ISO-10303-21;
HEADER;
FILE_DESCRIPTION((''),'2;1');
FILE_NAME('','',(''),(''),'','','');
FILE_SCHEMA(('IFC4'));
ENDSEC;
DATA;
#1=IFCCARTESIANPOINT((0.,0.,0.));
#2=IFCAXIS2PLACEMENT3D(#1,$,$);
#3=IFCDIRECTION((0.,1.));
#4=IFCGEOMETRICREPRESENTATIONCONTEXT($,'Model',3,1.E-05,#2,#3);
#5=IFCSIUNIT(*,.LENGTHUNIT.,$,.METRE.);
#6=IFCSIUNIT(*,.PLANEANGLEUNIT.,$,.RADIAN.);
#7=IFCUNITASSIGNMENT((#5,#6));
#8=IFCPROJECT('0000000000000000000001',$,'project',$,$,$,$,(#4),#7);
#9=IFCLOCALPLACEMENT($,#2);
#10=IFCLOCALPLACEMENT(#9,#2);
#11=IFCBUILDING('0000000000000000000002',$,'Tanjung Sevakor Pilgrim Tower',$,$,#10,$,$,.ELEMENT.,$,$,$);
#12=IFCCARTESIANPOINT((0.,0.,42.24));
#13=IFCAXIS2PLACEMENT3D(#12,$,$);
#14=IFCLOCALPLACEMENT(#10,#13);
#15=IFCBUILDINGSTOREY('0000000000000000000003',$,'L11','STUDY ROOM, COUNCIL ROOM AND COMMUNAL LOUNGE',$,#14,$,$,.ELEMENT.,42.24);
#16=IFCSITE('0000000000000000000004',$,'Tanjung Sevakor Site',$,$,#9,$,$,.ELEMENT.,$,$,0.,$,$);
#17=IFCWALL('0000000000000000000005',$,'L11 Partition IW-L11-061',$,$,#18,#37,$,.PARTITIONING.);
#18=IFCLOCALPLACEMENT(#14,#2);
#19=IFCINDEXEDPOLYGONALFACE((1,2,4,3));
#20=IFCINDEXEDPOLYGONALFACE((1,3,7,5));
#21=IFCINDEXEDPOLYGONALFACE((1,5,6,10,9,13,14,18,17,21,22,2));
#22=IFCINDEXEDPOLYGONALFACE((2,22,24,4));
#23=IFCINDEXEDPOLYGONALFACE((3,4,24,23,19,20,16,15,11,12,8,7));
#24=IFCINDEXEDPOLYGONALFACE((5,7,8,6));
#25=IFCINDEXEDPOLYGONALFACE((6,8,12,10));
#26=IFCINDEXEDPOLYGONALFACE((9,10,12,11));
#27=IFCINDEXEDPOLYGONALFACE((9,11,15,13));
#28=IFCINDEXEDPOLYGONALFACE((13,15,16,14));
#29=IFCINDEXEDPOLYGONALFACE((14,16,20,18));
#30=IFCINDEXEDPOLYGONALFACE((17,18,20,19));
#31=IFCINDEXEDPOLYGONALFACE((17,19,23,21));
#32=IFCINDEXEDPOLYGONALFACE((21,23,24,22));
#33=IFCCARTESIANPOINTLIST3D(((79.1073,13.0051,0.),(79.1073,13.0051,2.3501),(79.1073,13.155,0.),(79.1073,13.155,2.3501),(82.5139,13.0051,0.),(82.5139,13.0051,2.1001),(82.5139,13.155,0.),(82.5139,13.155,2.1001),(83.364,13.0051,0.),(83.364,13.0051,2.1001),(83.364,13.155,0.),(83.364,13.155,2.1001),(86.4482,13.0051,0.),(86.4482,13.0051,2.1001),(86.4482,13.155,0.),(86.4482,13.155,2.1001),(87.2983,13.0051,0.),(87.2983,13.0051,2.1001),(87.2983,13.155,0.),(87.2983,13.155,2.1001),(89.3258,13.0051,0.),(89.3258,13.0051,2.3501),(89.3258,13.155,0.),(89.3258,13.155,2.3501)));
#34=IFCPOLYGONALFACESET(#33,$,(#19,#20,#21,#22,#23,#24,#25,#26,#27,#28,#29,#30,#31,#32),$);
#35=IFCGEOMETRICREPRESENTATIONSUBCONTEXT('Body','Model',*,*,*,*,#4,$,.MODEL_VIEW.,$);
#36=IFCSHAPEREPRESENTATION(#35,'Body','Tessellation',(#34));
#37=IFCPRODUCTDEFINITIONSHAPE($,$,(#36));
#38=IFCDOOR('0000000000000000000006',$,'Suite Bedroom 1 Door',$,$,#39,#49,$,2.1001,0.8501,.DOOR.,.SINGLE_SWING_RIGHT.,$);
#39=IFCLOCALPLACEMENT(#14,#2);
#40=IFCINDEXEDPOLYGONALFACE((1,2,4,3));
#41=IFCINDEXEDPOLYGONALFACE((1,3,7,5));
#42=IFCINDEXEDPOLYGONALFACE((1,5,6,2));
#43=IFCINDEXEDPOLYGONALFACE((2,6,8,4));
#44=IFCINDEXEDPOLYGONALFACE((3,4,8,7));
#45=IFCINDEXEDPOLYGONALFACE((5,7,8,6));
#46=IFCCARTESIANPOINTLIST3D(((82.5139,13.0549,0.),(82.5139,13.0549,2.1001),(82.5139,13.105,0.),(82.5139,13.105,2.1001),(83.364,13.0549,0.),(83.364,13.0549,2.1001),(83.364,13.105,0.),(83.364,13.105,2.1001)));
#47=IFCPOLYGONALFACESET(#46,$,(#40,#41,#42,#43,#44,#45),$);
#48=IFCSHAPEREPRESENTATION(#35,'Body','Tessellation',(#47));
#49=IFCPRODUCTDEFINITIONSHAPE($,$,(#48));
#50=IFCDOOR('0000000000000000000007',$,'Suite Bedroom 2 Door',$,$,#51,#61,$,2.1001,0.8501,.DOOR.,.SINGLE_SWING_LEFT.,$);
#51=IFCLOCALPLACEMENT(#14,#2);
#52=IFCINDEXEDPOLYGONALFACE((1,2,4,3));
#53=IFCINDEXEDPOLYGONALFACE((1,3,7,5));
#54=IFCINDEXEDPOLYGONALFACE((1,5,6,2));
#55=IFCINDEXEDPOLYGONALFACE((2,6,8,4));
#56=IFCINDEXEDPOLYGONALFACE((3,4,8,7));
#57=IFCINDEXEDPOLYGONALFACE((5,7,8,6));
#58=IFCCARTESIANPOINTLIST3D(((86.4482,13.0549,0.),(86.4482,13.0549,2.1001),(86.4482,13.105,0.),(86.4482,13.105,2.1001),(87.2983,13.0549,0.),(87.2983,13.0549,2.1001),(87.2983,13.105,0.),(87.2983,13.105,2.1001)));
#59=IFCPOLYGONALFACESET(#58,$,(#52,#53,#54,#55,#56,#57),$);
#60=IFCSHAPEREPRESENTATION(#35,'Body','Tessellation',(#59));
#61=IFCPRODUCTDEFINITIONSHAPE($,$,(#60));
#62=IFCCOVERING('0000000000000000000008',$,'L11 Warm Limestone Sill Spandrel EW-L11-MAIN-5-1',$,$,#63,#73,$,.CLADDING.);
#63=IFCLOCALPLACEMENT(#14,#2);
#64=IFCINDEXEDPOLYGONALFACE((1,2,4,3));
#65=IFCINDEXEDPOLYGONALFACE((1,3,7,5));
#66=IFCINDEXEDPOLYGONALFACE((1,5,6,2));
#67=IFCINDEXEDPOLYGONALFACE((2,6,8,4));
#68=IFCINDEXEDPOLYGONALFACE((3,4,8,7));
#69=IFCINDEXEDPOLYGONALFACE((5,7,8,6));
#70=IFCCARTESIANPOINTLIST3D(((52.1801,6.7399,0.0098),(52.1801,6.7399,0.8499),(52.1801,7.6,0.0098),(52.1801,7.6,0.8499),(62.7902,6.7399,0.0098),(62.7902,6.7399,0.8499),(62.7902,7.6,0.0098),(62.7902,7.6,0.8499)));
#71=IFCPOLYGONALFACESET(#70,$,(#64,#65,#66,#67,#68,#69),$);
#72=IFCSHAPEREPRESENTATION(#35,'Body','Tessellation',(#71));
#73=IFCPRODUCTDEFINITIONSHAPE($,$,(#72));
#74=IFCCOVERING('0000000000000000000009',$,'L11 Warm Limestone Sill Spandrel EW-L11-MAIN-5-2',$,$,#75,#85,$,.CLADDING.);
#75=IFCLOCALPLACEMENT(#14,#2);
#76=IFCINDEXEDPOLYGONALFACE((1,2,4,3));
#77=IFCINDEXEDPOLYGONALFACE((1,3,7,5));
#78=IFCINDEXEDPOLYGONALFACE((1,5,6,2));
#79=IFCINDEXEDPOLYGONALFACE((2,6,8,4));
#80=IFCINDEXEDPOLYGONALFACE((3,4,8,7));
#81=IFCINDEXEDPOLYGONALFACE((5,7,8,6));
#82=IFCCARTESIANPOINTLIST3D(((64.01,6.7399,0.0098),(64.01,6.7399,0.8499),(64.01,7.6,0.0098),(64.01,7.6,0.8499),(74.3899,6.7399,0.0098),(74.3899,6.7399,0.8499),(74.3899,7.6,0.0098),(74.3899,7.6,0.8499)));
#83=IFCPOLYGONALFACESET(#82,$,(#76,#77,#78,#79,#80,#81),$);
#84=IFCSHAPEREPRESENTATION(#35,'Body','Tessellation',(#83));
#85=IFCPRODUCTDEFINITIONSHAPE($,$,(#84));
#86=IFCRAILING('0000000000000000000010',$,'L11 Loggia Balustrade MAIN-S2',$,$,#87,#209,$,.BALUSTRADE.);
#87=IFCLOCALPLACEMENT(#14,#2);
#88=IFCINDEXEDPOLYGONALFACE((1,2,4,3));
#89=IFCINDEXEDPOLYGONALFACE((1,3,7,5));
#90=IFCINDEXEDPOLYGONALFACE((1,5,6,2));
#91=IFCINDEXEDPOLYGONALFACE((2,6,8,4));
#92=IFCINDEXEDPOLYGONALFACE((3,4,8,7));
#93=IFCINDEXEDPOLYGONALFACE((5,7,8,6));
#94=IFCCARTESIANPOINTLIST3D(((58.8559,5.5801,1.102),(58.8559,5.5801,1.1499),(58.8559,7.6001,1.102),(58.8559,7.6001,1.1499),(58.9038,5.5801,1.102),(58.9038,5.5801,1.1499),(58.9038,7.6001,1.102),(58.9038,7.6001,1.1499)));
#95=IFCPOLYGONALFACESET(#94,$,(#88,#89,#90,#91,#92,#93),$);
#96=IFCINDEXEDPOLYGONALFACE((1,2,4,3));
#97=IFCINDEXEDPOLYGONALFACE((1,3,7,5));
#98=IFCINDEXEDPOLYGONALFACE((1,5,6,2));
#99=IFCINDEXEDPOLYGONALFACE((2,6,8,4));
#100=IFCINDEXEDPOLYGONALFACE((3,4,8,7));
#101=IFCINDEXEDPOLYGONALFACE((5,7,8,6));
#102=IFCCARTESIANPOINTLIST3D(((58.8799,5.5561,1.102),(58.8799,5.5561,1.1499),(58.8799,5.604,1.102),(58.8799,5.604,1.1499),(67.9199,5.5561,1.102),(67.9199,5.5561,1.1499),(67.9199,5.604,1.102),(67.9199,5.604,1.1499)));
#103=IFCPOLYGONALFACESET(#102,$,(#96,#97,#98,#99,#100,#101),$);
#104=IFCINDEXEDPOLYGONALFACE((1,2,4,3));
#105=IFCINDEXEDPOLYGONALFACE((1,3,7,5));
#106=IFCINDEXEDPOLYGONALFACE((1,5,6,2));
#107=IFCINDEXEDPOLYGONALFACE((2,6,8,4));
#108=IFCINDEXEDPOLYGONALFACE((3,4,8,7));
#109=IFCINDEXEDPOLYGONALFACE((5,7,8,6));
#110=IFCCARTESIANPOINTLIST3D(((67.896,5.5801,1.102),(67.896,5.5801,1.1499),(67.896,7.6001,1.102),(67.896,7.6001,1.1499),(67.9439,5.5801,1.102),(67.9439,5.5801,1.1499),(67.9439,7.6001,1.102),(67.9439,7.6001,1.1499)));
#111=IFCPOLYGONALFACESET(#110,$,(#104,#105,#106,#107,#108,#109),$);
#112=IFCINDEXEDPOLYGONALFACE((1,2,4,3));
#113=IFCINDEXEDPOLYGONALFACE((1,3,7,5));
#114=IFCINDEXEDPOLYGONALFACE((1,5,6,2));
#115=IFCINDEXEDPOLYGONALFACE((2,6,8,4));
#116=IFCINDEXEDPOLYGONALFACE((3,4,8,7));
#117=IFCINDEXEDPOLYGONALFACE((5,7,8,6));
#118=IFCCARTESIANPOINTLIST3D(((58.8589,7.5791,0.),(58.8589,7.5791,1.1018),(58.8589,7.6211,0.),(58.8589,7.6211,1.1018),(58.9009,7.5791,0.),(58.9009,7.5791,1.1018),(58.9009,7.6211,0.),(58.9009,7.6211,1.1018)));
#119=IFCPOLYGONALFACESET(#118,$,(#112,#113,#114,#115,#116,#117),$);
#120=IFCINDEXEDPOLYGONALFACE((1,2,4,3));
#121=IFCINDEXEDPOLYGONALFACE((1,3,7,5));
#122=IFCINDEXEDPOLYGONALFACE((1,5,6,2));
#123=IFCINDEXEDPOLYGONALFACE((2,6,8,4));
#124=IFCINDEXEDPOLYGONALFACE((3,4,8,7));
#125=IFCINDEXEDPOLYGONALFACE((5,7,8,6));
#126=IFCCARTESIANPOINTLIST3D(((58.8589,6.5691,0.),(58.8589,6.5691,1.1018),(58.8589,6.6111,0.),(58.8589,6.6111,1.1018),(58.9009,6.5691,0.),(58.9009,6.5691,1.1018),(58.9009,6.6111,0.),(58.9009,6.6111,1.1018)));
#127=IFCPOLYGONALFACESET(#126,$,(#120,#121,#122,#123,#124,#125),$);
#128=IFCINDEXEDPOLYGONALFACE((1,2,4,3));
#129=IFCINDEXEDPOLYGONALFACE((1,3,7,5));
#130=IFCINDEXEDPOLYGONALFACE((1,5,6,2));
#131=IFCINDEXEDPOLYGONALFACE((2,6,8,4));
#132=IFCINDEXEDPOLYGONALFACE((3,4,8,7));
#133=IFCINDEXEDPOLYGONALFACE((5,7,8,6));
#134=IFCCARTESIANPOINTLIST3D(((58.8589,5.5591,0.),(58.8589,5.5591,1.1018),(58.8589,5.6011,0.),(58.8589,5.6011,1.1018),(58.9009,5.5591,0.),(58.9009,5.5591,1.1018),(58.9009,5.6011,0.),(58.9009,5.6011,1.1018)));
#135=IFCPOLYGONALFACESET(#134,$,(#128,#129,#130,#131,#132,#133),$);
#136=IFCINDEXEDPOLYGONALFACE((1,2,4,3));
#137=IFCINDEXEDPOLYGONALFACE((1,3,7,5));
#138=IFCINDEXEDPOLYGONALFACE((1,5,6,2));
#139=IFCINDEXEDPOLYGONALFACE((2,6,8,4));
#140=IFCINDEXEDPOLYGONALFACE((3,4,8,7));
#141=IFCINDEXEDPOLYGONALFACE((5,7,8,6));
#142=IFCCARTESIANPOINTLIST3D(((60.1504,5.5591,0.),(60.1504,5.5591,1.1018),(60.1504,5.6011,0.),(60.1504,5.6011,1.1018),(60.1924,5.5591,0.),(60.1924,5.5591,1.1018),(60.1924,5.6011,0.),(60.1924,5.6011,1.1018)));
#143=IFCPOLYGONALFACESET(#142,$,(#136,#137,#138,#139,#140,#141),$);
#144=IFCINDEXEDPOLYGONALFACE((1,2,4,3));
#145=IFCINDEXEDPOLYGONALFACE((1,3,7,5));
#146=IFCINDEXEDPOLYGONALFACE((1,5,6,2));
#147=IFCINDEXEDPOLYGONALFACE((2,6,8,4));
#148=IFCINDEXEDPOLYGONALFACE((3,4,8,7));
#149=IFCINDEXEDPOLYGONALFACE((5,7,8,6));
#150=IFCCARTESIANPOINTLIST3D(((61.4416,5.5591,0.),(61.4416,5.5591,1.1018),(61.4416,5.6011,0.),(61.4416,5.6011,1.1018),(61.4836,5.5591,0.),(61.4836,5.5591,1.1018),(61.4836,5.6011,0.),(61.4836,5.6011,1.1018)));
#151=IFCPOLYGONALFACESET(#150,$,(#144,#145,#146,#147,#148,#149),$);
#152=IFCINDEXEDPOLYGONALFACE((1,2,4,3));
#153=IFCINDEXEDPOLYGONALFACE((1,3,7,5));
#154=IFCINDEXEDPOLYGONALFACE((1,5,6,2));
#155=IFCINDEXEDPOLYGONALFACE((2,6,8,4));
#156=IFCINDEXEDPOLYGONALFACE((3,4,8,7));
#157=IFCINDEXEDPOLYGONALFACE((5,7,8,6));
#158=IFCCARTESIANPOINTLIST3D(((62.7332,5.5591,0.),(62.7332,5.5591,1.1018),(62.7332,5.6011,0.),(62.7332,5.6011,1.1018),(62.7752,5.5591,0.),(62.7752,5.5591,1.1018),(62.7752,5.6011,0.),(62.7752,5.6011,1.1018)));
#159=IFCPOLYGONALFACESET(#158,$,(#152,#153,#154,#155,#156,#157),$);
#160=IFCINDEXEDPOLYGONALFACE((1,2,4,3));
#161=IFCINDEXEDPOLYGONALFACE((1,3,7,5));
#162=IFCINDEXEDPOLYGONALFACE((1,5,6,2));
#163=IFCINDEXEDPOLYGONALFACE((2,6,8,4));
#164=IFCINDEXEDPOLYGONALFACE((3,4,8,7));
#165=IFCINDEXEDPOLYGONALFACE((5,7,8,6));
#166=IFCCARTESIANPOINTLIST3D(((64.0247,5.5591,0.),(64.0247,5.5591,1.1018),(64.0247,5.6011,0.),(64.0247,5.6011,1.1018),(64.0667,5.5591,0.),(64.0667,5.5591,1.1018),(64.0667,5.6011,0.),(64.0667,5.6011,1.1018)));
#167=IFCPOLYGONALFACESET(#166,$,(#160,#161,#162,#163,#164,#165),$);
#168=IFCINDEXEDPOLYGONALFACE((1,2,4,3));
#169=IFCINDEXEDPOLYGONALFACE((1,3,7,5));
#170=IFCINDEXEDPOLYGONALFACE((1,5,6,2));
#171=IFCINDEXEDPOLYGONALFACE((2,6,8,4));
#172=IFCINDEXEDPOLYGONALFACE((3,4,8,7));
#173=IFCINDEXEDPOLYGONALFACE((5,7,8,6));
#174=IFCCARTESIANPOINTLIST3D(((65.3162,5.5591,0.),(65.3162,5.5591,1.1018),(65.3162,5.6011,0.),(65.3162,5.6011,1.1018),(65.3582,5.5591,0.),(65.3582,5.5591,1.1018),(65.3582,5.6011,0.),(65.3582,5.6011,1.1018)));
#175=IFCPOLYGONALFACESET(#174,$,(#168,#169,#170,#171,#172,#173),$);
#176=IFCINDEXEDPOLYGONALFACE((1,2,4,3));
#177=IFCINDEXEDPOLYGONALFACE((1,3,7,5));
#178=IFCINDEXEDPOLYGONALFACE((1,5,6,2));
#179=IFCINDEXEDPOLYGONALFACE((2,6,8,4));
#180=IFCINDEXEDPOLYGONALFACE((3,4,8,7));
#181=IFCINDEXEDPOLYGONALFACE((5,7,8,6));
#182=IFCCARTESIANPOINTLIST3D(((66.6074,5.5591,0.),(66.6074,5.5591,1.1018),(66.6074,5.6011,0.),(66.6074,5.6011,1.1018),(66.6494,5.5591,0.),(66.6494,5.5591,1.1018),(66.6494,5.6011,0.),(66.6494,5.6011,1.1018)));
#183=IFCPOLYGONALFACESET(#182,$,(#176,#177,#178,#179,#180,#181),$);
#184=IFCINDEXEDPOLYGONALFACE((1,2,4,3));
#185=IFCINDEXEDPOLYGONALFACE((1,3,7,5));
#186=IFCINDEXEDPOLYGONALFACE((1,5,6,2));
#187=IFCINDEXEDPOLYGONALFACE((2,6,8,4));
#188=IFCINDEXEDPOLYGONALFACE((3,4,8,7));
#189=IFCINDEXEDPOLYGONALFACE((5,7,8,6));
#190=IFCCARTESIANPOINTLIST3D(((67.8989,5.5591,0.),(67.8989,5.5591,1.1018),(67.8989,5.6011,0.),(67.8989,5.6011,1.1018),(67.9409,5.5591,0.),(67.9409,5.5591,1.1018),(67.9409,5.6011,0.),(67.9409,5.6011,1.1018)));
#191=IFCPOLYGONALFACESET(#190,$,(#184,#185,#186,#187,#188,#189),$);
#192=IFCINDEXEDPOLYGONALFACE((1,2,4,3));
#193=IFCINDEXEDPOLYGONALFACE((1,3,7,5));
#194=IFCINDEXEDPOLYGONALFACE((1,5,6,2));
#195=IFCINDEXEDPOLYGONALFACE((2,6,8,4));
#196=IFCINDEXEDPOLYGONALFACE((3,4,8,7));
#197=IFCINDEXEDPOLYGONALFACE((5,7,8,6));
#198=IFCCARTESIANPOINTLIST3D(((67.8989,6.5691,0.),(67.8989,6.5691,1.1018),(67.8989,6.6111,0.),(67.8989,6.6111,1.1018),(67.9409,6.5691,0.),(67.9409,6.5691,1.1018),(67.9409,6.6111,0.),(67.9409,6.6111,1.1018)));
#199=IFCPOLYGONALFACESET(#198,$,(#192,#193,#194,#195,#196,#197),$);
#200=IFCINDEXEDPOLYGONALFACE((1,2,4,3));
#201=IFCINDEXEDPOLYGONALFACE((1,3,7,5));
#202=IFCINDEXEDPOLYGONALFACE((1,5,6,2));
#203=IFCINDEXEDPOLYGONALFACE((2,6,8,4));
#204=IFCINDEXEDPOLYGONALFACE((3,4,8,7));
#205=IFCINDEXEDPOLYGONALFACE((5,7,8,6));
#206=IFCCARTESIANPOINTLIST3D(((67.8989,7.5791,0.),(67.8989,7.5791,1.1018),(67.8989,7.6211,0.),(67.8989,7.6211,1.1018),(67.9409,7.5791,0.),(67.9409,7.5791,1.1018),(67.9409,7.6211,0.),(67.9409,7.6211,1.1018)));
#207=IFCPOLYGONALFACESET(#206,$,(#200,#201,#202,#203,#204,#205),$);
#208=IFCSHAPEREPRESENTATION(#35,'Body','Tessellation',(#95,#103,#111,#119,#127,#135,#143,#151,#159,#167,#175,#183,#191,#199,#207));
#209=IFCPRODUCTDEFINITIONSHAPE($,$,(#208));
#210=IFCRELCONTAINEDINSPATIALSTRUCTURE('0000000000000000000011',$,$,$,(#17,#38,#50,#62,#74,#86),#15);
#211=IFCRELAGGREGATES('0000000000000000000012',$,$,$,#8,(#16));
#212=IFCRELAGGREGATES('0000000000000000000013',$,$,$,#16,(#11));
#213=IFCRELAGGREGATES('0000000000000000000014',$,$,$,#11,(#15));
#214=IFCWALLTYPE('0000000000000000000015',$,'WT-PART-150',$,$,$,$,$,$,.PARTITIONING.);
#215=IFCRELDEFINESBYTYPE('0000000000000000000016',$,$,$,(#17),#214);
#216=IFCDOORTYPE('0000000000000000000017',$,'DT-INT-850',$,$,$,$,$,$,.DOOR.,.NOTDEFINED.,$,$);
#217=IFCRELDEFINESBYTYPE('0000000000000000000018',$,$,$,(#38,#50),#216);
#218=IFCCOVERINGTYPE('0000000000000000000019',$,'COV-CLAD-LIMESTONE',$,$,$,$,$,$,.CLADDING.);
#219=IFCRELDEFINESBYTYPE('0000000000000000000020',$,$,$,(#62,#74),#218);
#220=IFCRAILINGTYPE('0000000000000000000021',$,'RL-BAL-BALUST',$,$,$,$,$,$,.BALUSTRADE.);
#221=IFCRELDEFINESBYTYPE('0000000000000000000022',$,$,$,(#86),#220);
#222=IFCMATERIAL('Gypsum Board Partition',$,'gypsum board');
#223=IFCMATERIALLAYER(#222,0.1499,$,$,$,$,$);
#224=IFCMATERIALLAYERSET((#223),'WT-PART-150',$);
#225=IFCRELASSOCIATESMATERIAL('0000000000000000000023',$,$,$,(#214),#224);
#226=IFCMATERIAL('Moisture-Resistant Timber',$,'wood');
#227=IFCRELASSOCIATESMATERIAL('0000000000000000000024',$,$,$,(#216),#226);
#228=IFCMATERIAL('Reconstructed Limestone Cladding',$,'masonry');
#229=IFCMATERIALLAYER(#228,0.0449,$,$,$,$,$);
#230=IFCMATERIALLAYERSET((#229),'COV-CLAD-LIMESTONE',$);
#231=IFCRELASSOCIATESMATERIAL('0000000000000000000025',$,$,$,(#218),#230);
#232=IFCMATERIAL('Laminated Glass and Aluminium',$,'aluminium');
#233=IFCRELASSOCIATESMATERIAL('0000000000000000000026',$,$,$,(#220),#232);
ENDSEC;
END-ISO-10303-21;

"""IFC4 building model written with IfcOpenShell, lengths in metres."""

from ifc_helpers import new_model, si_unit, direction, frame, frame_2d, origin, origin_2d, place, context, subcontext, project, spatial, rectangle, extrude, material, layer, layer_set, type_object, element, fill, save


model = new_model("IFC4")

# Units and contexts
model_context = context("Model", 3, precision=1e-05, world=origin(), true_north=direction((0.0, 1.0)))
body_context = subcontext(model_context, "Body", "Model", "MODEL_VIEW")
ifc_project = project(units=[si_unit("LENGTHUNIT", "METRE"), si_unit("PLANEANGLEUNIT", "RADIAN")], contexts=[model_context])

# Site, building, storey
site_placement = place(None, origin())
site = spatial("IfcSite", under=ifc_project, at=site_placement, Name="Tanjung Sevakor Site", CompositionType="ELEMENT", RefElevation=0.0)
building_placement = place(site_placement, origin())
building = spatial("IfcBuilding", under=site, at=building_placement, Name="Tanjung Sevakor Pilgrim Tower", CompositionType="ELEMENT")
storey_placement = place(building_placement, frame((0.0, 0.0, 42.24)))
storey = spatial("IfcBuildingStorey", under=building, at=storey_placement, Name="L11", Description="STUDY ROOM, COUNCIL ROOM AND COMMUNAL LOUNGE", CompositionType="ELEMENT", Elevation=42.24)

# Wall, openings, doors
ifc_material_1 = material(Name="Gypsum Board Partition", Category="gypsum board")
ifc_layer_1 = layer(ifc_material_1, 0.1499)
ifc_layer_set_1 = layer_set([ifc_layer_1], Name="WT-PART-150")
wall_type_1 = type_object("IfcWallType", Name="WT-PART-150", PredefinedType="PARTITIONING", material=ifc_layer_set_1)
wall_placement = place(storey_placement, frame((79.1072, 13.0801, 0.0), z_axis=(0.0, 0.0, 1.0), x_axis=(1.0, 0.0, 0.0)))
wall = element("IfcWall", 1, at=wall_placement, inside=storey, type_object=wall_type_1, Name="L11 Partition IW-L11-061", PredefinedType="PARTITIONING", context=body_context, shape_type="SweptSolid", body=[
    extrude(rectangle(XDim=10.2185, YDim=0.1499, at=frame_2d((5.1094, 0.0))), origin(), (0.0, 0.0, 1.0), 2.3501),
])
opening_1_placement = place(wall_placement, frame((3.4067, 0.0, 0.0)))
opening_1 = element("IfcOpeningElement", 2, at=opening_1_placement, cuts=wall, PredefinedType="OPENING", context=body_context, shape_type="SweptSolid", body=[
    extrude(rectangle(XDim=0.8501, YDim=2.1001, at=frame_2d((0.425, 1.05))), frame((0.0, 0.085, 0.0), z_axis=(0.0, -1.0, 0.0), x_axis=(1.0, 0.0, 0.0)), (0.0, 0.0, 1.0), 0.1699),
])
opening_2_placement = place(wall_placement, frame((7.3411, 0.0, 0.0)))
opening_2 = element("IfcOpeningElement", 3, at=opening_2_placement, cuts=wall, PredefinedType="OPENING", context=body_context, shape_type="SweptSolid", body=[
    extrude(rectangle(XDim=0.8501, YDim=2.1001, at=frame_2d((0.425, 1.05))), frame((0.0, 0.085, 0.0), z_axis=(0.0, -1.0, 0.0), x_axis=(1.0, 0.0, 0.0)), (0.0, 0.0, 1.0), 0.1699),
])
ifc_material_2 = material(Name="Moisture-Resistant Timber", Category="wood")
door_type = type_object("IfcDoorType", Name="DT-INT-850", OperationType="NOTDEFINED", PredefinedType="DOOR", material=ifc_material_2)
door_1_placement = place(opening_1_placement, origin())
door_1 = element("IfcDoor", 4, at=door_1_placement, inside=storey, type_object=door_type, Name="Suite Bedroom 1 Door", OperationType="SINGLE_SWING_RIGHT", OverallHeight=2.1001, OverallWidth=0.8501, PredefinedType="DOOR", context=body_context, shape_type="SweptSolid", body=[
    extrude(rectangle(XDim=0.8501, YDim=2.1001, at=frame_2d((0.425, 1.05))), frame((0.0, 0.0249, 0.0), z_axis=(0.0, -1.0, 0.0), x_axis=(1.0, 0.0, 0.0)), (0.0, 0.0, 1.0), 0.05),
])
fill(opening_1, door_1)
door_2_placement = place(opening_2_placement, origin())
door_2 = element("IfcDoor", 5, at=door_2_placement, inside=storey, type_object=door_type, Name="Suite Bedroom 2 Door", OperationType="SINGLE_SWING_LEFT", OverallHeight=2.1001, OverallWidth=0.8501, PredefinedType="DOOR", context=body_context, shape_type="SweptSolid", body=[
    extrude(rectangle(XDim=0.8501, YDim=2.1001, at=frame_2d((0.425, 1.05))), frame((0.0, 0.0249, 0.0), z_axis=(0.0, -1.0, 0.0), x_axis=(1.0, 0.0, 0.0)), (0.0, 0.0, 1.0), 0.05),
])
fill(opening_2, door_2)

# Coverings
ifc_material_3 = material(Name="Reconstructed Limestone Cladding", Category="masonry")
ifc_layer_2 = layer(ifc_material_3, 0.0449)
ifc_layer_set_2 = layer_set([ifc_layer_2], Name="COV-CLAD-LIMESTONE")
covering_type = type_object("IfcCoveringType", Name="COV-CLAD-LIMESTONE", PredefinedType="CLADDING", material=ifc_layer_set_2)
covering_1_placement = place(storey_placement, frame((57.4851, 7.1699, 0.0098), z_axis=(0.0, 0.0, 1.0), x_axis=(1.0, 0.0, 0.0)))
element("IfcCovering", 6, at=covering_1_placement, inside=storey, type_object=covering_type, Name="L11 Warm Limestone Sill Spandrel EW-L11-MAIN-5-1", PredefinedType="CLADDING", context=body_context, shape_type="SweptSolid", body=[
    extrude(rectangle(XDim=10.6101, YDim=0.8601, at=origin_2d()), origin(), (0.0, 0.0, 1.0), 0.8401),
])
covering_2_placement = place(storey_placement, frame((69.2, 7.1699, 0.0098), z_axis=(0.0, 0.0, 1.0), x_axis=(1.0, 0.0, 0.0)))
element("IfcCovering", 7, at=covering_2_placement, inside=storey, type_object=covering_type, Name="L11 Warm Limestone Sill Spandrel EW-L11-MAIN-5-2", PredefinedType="CLADDING", context=body_context, shape_type="SweptSolid", body=[
    extrude(rectangle(XDim=10.3799, YDim=0.8601, at=origin_2d()), origin(), (0.0, 0.0, 1.0), 0.8401),
])

# Railing
ifc_material_4 = material(Name="Laminated Glass and Aluminium", Category="aluminium")
railing_type_1 = type_object("IfcRailingType", Name="RL-BAL-BALUST", PredefinedType="BALUSTRADE", material=ifc_material_4)
railing_1_placement = place(storey_placement, frame((58.8799, 7.6001, 0.0)))
element("IfcRailing", 8, at=railing_1_placement, inside=storey, type_object=railing_type_1, Name="L11 Loggia Balustrade MAIN-S2", PredefinedType="BALUSTRADE", context=body_context, shape_type="SweptSolid", body=[
    extrude(rectangle(XDim=0.0479, YDim=0.0479), frame((0.0, 0.0, 1.126), z_axis=(0.0, -1.0, 0.0), x_axis=(1.0, 0.0, 0.0)), (0.0, 0.0, 1.0), 2.02),
    extrude(rectangle(XDim=0.0479, YDim=0.0479), frame((0.0, -2.02, 1.126), z_axis=(1.0, 0.0, 0.0), x_axis=(0.0, 1.0, 0.0)), (0.0, 0.0, 1.0), 9.04),
    extrude(rectangle(XDim=0.0479, YDim=0.0479), frame((9.04, -2.02, 1.126), z_axis=(0.0, 1.0, 0.0), x_axis=(-1.0, 0.0, 0.0)), (0.0, 0.0, 1.0), 2.02),
    extrude(rectangle(XDim=0.042, YDim=0.042), origin(), (0.0, 0.0, 1.0), 1.1018),
    extrude(rectangle(XDim=0.042, YDim=0.042), frame((0.0, -1.01, 0.0)), (0.0, 0.0, 1.0), 1.1018),
    extrude(rectangle(XDim=0.042, YDim=0.042), frame((0.0, -2.02, 0.0)), (0.0, 0.0, 1.0), 1.1018),
    extrude(rectangle(XDim=0.042, YDim=0.042), frame((1.2915, -2.02, 0.0)), (0.0, 0.0, 1.0), 1.1018),
    extrude(rectangle(XDim=0.042, YDim=0.042), frame((2.5828, -2.02, 0.0)), (0.0, 0.0, 1.0), 1.1018),
    extrude(rectangle(XDim=0.042, YDim=0.042), frame((3.8743, -2.02, 0.0)), (0.0, 0.0, 1.0), 1.1018),
    extrude(rectangle(XDim=0.042, YDim=0.042), frame((5.1658, -2.02, 0.0)), (0.0, 0.0, 1.0), 1.1018),
    extrude(rectangle(XDim=0.042, YDim=0.042), frame((6.4573, -2.02, 0.0)), (0.0, 0.0, 1.0), 1.1018),
    extrude(rectangle(XDim=0.042, YDim=0.042), frame((7.7485, -2.02, 0.0)), (0.0, 0.0, 1.0), 1.1018),
    extrude(rectangle(XDim=0.042, YDim=0.042), frame((9.04, -2.02, 0.0)), (0.0, 0.0, 1.0), 1.1018),
    extrude(rectangle(XDim=0.042, YDim=0.042), frame((9.04, -1.01, 0.0)), (0.0, 0.0, 1.0), 1.1018),
    extrude(rectangle(XDim=0.042, YDim=0.042), frame((9.04, 0.0, 0.0)), (0.0, 0.0, 1.0), 1.1018),
])

save(model, "model.ifc")
